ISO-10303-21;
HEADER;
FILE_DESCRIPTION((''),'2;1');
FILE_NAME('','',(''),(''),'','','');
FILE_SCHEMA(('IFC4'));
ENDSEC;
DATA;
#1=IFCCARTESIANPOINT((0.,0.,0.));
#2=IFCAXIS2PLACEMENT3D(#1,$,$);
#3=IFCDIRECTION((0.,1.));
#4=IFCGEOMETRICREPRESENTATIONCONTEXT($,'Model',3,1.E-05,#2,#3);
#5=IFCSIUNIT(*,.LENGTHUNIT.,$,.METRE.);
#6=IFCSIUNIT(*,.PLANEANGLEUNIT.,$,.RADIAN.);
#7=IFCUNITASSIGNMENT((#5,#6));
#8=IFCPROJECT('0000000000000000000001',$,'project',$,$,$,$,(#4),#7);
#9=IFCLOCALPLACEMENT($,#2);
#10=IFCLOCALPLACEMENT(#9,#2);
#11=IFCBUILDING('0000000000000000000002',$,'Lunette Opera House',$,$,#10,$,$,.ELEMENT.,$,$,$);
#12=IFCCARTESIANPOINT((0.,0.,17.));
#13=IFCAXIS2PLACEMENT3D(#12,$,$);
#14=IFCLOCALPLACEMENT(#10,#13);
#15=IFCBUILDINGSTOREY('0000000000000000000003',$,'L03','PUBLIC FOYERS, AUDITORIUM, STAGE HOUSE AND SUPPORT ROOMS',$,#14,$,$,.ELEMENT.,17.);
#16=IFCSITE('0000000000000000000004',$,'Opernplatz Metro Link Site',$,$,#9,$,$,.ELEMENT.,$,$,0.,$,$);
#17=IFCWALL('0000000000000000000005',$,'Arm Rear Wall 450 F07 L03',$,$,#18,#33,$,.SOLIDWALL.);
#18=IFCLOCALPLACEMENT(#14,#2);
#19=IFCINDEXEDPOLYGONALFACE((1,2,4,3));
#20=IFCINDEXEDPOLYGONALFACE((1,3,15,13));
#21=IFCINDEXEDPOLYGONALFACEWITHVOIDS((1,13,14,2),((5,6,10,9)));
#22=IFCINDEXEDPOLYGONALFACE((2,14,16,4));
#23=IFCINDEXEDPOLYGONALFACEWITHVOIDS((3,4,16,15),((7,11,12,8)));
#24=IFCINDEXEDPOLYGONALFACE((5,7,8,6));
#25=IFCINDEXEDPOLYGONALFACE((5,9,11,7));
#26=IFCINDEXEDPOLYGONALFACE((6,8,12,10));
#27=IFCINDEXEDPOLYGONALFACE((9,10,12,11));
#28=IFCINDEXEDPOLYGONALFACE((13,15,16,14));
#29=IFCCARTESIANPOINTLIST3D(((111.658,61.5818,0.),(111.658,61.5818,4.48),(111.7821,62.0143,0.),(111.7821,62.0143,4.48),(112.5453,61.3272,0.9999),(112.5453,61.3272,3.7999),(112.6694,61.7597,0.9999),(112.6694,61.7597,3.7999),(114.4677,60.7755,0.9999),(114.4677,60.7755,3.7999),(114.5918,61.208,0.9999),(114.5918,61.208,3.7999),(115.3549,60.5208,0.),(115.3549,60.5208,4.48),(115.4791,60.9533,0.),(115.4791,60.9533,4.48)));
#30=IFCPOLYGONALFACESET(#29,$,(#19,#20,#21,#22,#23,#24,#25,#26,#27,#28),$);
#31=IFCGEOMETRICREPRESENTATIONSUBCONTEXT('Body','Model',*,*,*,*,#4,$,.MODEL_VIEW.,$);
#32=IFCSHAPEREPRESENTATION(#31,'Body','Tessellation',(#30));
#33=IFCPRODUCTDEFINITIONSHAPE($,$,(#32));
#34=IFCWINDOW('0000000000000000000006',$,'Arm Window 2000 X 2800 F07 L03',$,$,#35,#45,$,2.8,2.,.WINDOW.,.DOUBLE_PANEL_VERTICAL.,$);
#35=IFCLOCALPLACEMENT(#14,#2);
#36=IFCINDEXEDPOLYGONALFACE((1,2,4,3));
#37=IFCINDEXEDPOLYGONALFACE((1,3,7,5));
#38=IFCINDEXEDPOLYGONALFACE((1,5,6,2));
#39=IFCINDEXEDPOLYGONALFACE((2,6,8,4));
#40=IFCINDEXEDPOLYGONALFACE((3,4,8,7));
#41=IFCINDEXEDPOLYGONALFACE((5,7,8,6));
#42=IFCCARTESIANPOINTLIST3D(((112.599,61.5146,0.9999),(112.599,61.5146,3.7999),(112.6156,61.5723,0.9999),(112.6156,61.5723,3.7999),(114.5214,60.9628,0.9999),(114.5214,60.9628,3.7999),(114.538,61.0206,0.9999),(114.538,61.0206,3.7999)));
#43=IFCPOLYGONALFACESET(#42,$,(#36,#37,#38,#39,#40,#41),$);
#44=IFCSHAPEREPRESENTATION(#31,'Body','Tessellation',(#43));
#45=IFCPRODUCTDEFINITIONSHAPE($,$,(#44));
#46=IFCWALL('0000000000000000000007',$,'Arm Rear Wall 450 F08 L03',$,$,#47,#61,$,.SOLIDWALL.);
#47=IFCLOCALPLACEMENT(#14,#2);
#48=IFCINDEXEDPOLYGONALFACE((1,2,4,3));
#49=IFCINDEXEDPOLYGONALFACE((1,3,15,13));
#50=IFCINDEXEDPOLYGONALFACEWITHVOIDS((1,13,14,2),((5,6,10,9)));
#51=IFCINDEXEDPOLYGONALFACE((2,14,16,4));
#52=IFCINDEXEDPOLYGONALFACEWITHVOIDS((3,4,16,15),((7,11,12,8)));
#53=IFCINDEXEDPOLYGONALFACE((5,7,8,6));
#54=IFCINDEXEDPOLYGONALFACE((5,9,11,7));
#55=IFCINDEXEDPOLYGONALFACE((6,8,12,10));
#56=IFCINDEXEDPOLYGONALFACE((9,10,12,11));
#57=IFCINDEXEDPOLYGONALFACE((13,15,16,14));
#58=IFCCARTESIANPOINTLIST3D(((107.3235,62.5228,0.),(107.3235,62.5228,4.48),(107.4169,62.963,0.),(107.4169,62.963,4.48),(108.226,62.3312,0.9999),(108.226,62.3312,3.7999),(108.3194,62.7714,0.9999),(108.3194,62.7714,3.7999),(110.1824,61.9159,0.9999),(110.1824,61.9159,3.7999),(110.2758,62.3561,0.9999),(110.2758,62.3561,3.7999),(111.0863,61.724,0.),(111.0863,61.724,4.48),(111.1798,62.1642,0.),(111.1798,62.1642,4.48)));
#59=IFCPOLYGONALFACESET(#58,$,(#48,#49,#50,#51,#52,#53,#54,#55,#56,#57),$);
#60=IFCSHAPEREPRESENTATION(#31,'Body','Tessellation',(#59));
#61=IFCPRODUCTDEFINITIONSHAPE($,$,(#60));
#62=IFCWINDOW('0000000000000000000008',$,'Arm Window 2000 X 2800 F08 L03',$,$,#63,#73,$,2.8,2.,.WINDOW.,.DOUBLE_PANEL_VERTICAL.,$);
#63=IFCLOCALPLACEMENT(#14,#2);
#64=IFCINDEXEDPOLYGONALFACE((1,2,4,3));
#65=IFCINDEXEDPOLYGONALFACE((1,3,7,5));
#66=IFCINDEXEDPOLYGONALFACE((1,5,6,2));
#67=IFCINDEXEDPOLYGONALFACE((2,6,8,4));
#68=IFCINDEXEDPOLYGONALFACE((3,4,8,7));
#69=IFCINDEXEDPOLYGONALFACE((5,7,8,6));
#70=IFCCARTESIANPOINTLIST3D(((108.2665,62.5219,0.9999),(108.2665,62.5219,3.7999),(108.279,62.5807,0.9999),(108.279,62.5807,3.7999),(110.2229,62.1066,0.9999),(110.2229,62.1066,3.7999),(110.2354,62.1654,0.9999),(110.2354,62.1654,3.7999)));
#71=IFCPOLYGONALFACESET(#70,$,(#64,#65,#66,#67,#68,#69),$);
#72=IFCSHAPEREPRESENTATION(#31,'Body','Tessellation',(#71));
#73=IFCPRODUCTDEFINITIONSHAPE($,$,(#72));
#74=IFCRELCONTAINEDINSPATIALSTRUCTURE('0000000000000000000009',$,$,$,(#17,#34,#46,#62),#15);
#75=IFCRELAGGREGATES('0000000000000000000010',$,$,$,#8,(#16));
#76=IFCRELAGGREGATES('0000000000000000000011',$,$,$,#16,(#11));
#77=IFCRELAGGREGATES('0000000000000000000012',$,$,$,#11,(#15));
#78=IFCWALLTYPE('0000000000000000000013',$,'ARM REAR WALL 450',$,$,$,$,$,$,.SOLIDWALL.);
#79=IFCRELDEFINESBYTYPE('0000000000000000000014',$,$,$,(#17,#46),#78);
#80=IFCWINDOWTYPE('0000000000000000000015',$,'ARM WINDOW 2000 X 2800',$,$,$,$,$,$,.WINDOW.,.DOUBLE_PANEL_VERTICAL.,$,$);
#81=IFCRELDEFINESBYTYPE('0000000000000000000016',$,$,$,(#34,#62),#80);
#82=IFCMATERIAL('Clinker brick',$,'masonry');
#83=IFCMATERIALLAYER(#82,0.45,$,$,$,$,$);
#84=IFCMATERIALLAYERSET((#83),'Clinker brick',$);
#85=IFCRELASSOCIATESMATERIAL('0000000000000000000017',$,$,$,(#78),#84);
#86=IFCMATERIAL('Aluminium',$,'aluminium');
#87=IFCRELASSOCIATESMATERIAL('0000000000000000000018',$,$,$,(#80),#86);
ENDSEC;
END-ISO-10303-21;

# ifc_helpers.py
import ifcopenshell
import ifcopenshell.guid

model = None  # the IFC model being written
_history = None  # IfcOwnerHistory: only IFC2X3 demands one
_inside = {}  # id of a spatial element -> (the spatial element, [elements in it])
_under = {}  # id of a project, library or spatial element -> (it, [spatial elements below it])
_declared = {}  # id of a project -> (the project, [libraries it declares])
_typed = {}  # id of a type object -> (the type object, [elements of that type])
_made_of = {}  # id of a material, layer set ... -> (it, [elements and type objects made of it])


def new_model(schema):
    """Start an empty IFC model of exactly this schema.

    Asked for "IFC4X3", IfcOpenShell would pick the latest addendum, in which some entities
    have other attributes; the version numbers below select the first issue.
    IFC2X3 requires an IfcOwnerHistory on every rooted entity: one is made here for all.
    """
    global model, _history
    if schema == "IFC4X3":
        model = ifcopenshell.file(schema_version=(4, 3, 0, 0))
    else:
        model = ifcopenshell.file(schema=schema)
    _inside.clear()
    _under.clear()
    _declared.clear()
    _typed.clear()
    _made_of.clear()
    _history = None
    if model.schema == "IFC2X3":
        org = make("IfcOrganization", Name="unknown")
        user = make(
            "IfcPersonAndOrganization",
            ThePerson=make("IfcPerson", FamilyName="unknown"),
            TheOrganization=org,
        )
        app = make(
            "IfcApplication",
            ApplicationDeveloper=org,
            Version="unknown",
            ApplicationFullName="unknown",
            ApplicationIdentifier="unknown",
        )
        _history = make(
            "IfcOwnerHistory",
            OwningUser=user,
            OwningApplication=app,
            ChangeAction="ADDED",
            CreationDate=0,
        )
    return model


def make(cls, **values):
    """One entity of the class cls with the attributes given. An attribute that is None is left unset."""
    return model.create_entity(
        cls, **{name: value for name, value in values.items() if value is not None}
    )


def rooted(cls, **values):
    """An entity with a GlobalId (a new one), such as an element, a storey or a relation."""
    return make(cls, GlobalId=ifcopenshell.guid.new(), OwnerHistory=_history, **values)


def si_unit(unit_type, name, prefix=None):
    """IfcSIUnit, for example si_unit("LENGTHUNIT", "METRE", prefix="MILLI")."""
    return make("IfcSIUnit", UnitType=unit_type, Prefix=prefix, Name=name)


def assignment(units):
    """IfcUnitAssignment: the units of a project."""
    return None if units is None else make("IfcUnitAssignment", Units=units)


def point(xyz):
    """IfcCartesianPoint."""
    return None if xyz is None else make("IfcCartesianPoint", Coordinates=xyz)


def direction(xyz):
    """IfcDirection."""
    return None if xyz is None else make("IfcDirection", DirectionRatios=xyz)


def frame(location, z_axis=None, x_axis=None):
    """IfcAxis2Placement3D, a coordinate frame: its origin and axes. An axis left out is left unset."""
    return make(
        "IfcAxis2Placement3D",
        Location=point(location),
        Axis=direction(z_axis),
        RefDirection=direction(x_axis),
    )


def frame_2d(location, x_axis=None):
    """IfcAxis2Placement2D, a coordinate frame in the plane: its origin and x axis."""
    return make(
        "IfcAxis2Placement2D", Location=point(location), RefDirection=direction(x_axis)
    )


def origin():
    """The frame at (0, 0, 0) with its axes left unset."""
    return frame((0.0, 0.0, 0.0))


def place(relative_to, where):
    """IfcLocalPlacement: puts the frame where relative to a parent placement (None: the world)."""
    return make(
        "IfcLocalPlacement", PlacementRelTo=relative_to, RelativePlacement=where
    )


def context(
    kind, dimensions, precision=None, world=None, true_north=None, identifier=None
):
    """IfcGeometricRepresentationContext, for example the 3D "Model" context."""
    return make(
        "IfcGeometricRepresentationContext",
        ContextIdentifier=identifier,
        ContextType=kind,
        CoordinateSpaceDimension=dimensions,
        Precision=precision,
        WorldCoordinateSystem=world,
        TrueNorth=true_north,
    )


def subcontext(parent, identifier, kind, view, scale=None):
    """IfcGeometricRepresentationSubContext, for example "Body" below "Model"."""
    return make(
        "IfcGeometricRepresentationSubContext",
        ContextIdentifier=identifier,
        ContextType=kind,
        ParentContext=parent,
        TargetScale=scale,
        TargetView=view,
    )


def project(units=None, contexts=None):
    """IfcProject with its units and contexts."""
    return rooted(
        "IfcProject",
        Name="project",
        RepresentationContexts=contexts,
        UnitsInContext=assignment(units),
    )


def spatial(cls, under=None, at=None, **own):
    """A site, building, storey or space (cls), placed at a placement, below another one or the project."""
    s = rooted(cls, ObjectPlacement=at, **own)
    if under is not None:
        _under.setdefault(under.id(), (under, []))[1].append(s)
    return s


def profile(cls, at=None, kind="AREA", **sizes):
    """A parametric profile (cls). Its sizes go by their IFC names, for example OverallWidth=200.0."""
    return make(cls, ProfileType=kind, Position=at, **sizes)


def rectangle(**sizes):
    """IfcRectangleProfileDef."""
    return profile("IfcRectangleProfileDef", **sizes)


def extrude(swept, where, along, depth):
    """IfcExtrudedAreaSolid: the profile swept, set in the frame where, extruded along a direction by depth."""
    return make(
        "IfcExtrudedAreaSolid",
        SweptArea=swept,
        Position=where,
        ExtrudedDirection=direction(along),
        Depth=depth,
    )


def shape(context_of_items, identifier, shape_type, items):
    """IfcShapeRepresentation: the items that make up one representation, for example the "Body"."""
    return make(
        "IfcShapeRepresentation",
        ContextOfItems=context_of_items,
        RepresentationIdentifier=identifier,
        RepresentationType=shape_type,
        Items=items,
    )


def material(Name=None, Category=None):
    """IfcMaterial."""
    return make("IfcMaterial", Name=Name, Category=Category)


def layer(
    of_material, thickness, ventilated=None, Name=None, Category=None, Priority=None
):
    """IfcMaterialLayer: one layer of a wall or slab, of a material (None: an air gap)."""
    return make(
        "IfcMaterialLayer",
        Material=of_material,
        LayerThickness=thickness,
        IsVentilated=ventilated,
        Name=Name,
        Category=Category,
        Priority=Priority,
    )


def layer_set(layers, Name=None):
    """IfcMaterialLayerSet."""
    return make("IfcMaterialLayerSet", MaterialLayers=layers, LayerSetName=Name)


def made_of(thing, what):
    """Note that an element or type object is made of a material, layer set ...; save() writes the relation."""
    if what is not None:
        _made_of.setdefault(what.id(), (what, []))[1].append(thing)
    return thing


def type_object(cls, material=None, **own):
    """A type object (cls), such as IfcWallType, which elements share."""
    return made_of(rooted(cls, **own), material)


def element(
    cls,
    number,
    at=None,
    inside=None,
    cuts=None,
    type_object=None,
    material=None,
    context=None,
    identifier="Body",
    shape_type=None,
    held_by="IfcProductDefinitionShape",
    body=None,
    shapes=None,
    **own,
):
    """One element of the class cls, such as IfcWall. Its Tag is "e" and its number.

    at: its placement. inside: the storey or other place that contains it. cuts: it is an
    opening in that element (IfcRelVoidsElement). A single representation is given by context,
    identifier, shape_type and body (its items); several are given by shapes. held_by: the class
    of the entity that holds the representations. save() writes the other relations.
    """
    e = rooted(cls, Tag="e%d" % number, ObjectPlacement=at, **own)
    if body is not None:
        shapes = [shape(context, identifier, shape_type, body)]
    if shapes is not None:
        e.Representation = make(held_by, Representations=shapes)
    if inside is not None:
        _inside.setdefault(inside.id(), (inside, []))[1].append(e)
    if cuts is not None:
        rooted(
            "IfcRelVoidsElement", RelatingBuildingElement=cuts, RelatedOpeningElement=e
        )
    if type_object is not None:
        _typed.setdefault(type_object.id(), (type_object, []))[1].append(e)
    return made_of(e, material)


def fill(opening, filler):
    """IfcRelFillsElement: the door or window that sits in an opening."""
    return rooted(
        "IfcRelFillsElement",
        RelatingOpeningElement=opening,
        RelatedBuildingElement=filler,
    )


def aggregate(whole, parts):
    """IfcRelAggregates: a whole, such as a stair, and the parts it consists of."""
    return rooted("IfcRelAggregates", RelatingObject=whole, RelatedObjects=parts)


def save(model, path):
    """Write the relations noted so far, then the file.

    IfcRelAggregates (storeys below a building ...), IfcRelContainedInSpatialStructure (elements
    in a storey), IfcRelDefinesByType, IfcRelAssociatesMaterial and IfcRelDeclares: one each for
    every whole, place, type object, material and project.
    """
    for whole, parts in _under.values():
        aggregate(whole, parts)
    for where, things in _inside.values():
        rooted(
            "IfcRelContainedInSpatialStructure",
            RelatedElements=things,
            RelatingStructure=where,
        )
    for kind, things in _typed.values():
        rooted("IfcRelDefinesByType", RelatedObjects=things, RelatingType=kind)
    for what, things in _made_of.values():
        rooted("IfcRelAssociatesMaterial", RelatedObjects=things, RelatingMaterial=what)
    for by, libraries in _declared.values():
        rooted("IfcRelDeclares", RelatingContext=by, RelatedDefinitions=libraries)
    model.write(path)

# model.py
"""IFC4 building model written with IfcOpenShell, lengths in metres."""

from ifc_helpers import new_model, si_unit, direction, frame, frame_2d, origin, place, context, subcontext, project, spatial, rectangle, extrude, material, layer, layer_set, type_object, element, fill, save


model = new_model("IFC4")

# Units and contexts
model_context = context("Model", 3, precision=1e-05, world=origin(), true_north=direction((0.0, 1.0)))
body_context = subcontext(model_context, "Body", "Model", "MODEL_VIEW")
ifc_project = project(units=[si_unit("LENGTHUNIT", "METRE"), si_unit("PLANEANGLEUNIT", "RADIAN")], contexts=[model_context])

# Site, building, storey
site_placement = place(None, origin())
site = spatial("IfcSite", under=ifc_project, at=site_placement, Name="Opernplatz Metro Link Site", CompositionType="ELEMENT", RefElevation=0.0)
building_placement = place(site_placement, origin())
building = spatial("IfcBuilding", under=site, at=building_placement, Name="Lunette Opera House", CompositionType="ELEMENT")
storey_placement = place(building_placement, frame((0.0, 0.0, 17.0)))
storey = spatial("IfcBuildingStorey", under=building, at=storey_placement, Name="L03", Description="PUBLIC FOYERS, AUDITORIUM, STAGE HOUSE AND SUPPORT ROOMS", CompositionType="ELEMENT", Elevation=17.0)

# Walls, openings, windows
ifc_material_1 = material(Name="Clinker brick", Category="masonry")
ifc_layer = layer(ifc_material_1, 0.45)
ifc_layer_set = layer_set([ifc_layer], Name="Clinker brick")
wall_type = type_object("IfcWallType", Name="ARM REAR WALL 450", PredefinedType="SOLIDWALL", material=ifc_layer_set)
ifc_material_2 = material(Name="Aluminium", Category="aluminium")
window_type = type_object("IfcWindowType", Name="ARM WINDOW 2000 X 2800", PartitioningType="DOUBLE_PANEL_VERTICAL", PredefinedType="WINDOW", material=ifc_material_2)
wall_1_placement = place(storey_placement, frame((115.417, 60.7371, 0.0), z_axis=(0.0, 0.0, 1.0), x_axis=(-0.961198, 0.275861, 0.0)))
wall_1 = element("IfcWall", 1, at=wall_1_placement, inside=storey, type_object=wall_type, Name="Arm Rear Wall 450 F07 L03", PredefinedType="SOLIDWALL", context=body_context, shape_type="SweptSolid", body=[
    extrude(rectangle(XDim=3.8462, YDim=0.45, at=frame_2d((1.9231, 0.0))), origin(), (0.0, 0.0, 1.0), 4.48),
])
opening_1_placement = place(wall_1_placement, frame((0.9231, 0.0, 1.0)))
opening_1 = element("IfcOpeningElement", 2, at=opening_1_placement, cuts=wall_1, PredefinedType="OPENING", context=body_context, shape_type="SweptSolid", body=[
    extrude(rectangle(XDim=2.0, YDim=2.8, at=frame_2d((1.0, 1.3999))), frame((0.0, 0.2371, 0.0), z_axis=(0.0, -1.0, 0.0), x_axis=(1.0, 0.0, 0.0)), (0.0, 0.0, 1.0), 0.4739),
])
window_1_placement = place(opening_1_placement, origin())
window_1 = element("IfcWindow", 3, at=window_1_placement, inside=storey, type_object=window_type, Name="Arm Window 2000 X 2800 F07 L03", OverallHeight=2.8, OverallWidth=2.0, PartitioningType="DOUBLE_PANEL_VERTICAL", PredefinedType="WINDOW", context=body_context, shape_type="SweptSolid", body=[
    extrude(rectangle(XDim=2.0, YDim=2.8, at=frame_2d((1.0, 1.3999))), frame((0.0, 0.03, 0.0), z_axis=(0.0, -1.0, 0.0), x_axis=(1.0, 0.0, 0.0)), (0.0, 0.0, 1.0), 0.0601),
])
fill(opening_1, window_1)
wall_2_placement = place(storey_placement, frame((111.1331, 61.9441, 0.0), z_axis=(0.0, 0.0, 1.0), x_axis=(-0.978201, 0.207661, 0.0)))
wall_2 = element("IfcWall", 4, at=wall_2_placement, inside=storey, type_object=wall_type, Name="Arm Rear Wall 450 F08 L03", PredefinedType="SOLIDWALL", context=body_context, shape_type="SweptSolid", body=[
    extrude(rectangle(XDim=3.8467, YDim=0.45, at=frame_2d((1.9233, 0.0))), origin(), (0.0, 0.0, 1.0), 4.48),
])
opening_2_placement = place(wall_2_placement, frame((0.9241, 0.0, 1.0)))
opening_2 = element("IfcOpeningElement", 5, at=opening_2_placement, cuts=wall_2, PredefinedType="OPENING", context=body_context, shape_type="SweptSolid", body=[
    extrude(rectangle(XDim=2.0, YDim=2.8, at=frame_2d((1.0, 1.3999))), frame((0.0, 0.2371, 0.0), z_axis=(0.0, -1.0, 0.0), x_axis=(1.0, 0.0, 0.0)), (0.0, 0.0, 1.0), 0.4739),
])
window_2_placement = place(opening_2_placement, origin())
window_2 = element("IfcWindow", 6, at=window_2_placement, inside=storey, type_object=window_type, Name="Arm Window 2000 X 2800 F08 L03", OverallHeight=2.8, OverallWidth=2.0, PartitioningType="DOUBLE_PANEL_VERTICAL", PredefinedType="WINDOW", context=body_context, shape_type="SweptSolid", body=[
    extrude(rectangle(XDim=2.0, YDim=2.8, at=frame_2d((1.0, 1.3999))), frame((0.0, 0.03, 0.0), z_axis=(0.0, -1.0, 0.0), x_axis=(1.0, 0.0, 0.0)), (0.0, 0.0, 1.0), 0.0601),
])
fill(opening_2, window_2)

save(model, "model.ifc")
